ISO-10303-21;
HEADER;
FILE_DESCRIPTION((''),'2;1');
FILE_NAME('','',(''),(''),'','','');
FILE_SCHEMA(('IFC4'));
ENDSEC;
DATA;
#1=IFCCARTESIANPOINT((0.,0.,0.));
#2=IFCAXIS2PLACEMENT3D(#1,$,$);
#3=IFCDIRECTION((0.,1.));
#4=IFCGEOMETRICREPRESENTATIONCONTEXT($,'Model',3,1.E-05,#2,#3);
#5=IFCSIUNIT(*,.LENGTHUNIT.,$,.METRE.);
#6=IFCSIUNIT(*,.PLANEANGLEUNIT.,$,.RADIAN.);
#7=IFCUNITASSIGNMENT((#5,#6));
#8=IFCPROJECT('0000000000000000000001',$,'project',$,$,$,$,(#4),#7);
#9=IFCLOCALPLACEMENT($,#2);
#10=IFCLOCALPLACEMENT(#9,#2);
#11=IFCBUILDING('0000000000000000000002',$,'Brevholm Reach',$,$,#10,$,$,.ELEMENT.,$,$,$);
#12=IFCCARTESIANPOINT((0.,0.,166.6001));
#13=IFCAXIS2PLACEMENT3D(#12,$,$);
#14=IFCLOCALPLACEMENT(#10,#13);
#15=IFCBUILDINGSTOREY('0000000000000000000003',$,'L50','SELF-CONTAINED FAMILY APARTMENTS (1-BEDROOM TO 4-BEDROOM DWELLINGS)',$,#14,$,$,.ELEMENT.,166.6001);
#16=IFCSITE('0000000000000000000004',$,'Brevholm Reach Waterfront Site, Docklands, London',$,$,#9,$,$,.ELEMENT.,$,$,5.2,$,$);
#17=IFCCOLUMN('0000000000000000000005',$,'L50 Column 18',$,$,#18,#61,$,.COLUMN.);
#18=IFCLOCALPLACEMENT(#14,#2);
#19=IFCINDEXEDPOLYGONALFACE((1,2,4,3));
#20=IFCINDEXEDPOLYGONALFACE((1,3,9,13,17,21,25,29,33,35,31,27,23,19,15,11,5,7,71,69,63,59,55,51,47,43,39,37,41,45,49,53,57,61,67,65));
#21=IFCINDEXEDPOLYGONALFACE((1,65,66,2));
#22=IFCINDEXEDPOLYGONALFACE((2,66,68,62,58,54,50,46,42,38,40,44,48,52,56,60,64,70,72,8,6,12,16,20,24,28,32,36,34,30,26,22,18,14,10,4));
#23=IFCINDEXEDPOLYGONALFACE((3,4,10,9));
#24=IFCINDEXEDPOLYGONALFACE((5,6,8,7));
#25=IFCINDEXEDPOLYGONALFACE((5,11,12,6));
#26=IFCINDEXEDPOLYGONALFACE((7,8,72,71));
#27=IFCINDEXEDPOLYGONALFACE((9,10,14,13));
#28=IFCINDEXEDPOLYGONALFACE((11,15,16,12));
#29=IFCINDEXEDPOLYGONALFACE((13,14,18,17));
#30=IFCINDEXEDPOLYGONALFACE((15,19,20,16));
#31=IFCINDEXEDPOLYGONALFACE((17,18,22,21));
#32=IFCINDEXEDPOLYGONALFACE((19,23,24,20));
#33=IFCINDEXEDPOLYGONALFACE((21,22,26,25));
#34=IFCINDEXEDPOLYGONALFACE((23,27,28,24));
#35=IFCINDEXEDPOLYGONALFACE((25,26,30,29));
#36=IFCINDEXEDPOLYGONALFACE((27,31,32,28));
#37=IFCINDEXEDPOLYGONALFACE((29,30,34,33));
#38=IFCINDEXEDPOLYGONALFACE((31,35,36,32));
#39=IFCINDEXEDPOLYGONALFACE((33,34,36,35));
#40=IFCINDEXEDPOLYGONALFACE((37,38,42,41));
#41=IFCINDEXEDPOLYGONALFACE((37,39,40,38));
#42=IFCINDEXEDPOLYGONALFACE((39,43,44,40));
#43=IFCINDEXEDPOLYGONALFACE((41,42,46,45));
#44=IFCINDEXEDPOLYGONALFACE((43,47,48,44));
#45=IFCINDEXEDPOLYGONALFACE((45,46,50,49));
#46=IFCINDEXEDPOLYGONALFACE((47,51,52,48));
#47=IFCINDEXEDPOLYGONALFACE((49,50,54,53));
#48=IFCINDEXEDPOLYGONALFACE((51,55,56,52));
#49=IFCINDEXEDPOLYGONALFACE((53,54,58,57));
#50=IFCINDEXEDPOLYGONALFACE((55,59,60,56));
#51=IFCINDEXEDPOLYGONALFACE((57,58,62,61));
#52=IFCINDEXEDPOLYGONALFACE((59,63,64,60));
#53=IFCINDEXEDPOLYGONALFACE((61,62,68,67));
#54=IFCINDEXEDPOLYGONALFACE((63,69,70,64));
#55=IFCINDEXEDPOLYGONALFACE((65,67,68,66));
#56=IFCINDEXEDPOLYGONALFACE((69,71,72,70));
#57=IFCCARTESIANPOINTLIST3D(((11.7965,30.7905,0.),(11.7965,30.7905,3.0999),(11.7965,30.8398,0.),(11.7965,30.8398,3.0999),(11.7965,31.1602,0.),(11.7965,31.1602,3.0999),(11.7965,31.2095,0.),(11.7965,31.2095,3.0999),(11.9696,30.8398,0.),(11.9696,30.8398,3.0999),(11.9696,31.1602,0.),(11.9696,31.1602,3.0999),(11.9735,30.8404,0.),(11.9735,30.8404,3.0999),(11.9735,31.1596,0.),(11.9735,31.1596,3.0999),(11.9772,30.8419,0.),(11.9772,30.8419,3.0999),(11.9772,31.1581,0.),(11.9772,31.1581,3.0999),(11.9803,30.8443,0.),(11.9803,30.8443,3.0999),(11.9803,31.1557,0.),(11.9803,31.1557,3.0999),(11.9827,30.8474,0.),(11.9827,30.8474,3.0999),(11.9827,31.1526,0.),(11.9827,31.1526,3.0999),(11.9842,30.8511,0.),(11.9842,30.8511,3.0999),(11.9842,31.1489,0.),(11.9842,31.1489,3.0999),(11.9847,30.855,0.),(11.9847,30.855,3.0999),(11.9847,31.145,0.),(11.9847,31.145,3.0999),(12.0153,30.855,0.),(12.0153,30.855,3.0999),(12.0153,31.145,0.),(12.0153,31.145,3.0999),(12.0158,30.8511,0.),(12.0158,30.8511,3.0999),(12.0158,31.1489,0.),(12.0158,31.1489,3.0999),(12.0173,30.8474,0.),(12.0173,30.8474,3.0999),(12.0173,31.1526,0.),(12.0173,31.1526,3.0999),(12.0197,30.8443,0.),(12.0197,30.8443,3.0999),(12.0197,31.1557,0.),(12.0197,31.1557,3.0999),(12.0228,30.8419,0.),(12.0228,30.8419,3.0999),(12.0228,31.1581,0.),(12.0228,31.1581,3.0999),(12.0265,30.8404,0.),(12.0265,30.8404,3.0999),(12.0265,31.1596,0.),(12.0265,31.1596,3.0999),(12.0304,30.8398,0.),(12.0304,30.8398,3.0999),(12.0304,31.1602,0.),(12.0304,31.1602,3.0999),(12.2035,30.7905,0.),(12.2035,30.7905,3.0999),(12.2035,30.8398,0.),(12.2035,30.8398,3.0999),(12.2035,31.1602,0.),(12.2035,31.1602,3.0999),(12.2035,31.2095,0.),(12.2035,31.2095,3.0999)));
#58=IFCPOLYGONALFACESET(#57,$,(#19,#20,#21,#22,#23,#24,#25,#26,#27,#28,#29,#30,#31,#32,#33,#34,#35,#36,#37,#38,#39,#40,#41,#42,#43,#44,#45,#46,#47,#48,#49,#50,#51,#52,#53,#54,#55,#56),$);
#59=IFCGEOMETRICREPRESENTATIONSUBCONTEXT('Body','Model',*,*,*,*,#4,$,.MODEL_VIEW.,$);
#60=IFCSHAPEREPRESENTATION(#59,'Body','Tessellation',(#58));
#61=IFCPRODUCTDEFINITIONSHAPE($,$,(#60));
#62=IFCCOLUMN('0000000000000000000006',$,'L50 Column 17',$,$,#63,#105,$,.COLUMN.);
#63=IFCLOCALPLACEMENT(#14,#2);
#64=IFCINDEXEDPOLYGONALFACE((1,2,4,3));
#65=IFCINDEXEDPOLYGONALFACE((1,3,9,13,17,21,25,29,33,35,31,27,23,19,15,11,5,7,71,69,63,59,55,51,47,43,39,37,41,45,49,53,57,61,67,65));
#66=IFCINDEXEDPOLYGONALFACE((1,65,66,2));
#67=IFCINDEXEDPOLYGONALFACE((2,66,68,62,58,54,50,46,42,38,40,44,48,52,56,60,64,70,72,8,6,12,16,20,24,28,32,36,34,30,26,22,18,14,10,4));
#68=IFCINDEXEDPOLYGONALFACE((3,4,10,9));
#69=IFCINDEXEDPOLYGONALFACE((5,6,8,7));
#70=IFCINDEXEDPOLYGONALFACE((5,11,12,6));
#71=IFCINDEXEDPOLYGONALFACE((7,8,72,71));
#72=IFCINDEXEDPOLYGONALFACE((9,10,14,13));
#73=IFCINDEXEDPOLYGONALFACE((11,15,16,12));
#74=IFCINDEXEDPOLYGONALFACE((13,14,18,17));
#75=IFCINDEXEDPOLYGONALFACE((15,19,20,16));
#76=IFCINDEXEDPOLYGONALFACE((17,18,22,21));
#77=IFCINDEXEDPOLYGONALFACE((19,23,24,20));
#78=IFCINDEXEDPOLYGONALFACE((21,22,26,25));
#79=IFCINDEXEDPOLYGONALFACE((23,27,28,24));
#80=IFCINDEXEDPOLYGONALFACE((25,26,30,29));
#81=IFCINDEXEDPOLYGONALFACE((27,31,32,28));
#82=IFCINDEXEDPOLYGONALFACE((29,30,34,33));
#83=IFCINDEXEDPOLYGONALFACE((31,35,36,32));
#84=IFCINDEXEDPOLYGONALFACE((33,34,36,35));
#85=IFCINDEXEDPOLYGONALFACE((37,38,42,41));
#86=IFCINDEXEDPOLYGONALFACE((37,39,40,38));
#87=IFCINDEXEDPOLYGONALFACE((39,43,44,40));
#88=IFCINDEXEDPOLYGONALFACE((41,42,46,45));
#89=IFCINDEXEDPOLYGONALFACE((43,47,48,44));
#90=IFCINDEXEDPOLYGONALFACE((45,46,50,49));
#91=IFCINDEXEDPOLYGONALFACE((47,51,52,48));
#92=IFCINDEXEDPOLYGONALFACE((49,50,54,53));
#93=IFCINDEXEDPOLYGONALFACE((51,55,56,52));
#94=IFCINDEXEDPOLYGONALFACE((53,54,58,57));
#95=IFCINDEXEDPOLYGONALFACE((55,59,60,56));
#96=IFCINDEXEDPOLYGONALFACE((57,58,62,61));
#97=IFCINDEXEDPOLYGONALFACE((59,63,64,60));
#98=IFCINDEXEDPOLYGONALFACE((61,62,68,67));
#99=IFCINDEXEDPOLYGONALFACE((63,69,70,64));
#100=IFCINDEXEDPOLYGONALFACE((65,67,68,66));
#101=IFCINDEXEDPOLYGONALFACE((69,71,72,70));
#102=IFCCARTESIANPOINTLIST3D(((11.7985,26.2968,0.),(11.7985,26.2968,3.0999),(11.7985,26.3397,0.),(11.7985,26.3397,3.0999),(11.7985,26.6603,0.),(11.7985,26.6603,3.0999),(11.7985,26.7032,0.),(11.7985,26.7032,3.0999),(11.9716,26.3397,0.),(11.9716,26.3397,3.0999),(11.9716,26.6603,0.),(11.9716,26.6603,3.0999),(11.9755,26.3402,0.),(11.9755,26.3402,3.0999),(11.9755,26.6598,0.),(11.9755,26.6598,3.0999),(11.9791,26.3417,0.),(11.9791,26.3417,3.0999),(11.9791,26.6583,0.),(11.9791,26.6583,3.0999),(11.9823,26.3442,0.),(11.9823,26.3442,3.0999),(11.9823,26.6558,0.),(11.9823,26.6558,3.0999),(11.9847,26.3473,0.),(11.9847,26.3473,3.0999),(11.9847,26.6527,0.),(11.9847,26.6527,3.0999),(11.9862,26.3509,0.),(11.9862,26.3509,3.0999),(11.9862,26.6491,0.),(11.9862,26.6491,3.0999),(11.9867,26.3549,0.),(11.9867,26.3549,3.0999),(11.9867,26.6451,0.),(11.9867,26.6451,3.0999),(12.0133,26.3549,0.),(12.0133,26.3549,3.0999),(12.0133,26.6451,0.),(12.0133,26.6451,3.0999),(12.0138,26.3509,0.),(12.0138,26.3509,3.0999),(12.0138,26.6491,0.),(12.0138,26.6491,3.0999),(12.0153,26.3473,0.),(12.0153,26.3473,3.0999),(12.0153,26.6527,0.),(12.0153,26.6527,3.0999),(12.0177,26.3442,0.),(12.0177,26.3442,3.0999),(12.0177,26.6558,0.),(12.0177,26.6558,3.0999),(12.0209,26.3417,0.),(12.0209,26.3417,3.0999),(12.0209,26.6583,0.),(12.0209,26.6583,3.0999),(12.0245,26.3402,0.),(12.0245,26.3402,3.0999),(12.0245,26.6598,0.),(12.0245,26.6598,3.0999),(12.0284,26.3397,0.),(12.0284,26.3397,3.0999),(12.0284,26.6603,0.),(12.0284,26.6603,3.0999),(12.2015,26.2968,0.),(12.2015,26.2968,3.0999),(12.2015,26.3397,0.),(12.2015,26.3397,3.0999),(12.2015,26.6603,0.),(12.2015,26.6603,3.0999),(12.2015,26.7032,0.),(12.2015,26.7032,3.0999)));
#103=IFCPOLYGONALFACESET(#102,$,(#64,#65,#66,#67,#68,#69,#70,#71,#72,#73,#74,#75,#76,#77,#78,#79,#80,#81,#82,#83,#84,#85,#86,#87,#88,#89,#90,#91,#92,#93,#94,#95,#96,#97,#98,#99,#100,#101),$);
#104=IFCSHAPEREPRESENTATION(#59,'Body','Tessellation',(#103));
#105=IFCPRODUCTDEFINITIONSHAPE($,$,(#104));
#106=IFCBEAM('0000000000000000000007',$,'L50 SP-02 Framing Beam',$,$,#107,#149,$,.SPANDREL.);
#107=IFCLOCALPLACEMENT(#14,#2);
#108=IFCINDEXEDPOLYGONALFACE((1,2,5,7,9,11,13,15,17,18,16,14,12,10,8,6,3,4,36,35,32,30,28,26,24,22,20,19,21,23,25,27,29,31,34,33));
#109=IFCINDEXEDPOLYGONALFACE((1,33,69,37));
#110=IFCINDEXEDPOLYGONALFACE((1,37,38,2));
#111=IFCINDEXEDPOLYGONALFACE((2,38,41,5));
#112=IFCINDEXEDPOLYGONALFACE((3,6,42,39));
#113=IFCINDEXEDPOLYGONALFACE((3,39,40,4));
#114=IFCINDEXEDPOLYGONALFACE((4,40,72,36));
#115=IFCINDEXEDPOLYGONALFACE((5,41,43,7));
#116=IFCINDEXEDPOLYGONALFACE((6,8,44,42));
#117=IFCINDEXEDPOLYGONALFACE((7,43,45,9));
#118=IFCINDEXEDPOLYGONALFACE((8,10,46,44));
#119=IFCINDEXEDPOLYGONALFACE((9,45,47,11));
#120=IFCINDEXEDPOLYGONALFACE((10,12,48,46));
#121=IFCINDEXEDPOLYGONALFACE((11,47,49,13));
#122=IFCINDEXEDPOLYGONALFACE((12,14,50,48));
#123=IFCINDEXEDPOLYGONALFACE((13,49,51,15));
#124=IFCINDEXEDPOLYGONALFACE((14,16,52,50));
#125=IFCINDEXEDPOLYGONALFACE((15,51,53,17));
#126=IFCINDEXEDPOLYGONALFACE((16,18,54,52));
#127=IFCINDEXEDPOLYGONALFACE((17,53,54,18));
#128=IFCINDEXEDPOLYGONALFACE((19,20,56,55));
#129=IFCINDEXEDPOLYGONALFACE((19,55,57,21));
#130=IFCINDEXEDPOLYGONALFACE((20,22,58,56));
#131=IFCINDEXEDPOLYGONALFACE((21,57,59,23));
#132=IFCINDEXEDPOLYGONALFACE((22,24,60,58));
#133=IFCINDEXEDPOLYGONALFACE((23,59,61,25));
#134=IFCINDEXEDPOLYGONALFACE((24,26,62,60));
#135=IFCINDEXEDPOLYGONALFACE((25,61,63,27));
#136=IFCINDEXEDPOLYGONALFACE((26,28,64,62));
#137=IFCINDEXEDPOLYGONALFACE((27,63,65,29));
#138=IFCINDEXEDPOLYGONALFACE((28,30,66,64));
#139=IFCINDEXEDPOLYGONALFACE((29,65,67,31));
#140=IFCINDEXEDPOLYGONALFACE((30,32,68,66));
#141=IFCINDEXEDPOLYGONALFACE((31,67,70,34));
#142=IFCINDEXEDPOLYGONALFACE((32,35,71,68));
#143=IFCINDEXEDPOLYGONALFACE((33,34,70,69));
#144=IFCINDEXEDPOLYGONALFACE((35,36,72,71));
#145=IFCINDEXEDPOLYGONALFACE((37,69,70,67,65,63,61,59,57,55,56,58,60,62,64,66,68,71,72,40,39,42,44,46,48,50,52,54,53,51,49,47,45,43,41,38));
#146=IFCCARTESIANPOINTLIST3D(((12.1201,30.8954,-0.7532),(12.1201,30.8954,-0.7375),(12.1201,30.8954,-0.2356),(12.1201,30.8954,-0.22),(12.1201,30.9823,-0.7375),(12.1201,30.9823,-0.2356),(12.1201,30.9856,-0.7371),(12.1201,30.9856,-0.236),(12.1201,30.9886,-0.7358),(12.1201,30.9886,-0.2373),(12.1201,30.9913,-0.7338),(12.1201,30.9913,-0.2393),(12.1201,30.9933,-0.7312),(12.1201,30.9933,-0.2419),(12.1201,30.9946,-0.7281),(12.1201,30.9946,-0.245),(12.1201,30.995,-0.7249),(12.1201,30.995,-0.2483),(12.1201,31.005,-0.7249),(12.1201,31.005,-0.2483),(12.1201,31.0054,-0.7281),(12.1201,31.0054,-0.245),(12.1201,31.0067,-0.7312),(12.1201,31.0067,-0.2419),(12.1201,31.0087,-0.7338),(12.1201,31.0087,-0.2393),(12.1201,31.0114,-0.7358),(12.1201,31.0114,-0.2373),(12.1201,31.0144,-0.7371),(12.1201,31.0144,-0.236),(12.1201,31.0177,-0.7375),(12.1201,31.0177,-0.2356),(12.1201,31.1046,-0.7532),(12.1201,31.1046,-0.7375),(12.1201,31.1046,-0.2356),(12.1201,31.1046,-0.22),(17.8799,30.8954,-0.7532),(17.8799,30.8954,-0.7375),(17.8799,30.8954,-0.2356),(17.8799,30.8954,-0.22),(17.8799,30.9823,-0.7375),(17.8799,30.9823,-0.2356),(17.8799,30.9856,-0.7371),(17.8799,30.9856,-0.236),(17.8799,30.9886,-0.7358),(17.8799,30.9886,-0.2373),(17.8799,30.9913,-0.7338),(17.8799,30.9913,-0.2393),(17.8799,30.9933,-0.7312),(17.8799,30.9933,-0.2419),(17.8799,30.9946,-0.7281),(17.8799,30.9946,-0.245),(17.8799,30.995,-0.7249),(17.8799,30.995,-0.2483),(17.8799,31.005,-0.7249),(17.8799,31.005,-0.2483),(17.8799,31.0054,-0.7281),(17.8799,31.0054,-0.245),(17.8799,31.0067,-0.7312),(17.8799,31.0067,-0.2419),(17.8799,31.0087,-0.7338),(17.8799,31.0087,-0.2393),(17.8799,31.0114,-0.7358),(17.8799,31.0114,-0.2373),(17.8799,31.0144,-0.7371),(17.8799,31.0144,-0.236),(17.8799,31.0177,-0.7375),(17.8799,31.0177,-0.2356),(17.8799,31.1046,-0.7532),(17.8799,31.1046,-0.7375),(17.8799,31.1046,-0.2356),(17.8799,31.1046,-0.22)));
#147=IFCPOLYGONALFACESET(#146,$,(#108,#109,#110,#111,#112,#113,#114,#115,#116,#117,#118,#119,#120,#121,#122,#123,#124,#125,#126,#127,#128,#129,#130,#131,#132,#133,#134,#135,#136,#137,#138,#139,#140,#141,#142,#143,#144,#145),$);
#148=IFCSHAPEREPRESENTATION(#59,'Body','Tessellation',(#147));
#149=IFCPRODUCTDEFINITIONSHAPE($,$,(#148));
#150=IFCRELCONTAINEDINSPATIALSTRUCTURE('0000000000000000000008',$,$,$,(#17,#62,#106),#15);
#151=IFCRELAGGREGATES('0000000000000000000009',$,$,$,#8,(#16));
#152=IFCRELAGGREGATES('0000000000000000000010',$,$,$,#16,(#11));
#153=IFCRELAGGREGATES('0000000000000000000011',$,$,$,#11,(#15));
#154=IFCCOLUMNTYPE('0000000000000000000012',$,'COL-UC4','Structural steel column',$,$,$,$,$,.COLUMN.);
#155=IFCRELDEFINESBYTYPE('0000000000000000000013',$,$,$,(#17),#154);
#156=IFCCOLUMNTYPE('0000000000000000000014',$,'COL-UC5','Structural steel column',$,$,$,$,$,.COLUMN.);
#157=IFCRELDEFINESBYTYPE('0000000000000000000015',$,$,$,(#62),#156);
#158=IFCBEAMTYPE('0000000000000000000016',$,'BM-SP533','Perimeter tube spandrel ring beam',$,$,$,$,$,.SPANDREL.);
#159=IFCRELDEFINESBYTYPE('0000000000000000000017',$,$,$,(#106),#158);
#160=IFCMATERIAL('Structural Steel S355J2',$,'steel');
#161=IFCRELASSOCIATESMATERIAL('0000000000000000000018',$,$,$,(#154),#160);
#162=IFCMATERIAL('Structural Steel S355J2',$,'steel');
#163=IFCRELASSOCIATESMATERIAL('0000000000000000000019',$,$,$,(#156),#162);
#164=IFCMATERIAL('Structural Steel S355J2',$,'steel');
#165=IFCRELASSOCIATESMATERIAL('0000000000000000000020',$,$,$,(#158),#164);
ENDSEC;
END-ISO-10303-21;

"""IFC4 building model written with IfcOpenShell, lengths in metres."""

from ifc_helpers import new_model, si_unit, direction, frame, origin, origin_2d, place, context, subcontext, project, spatial, i_section, extrude, material, material_profile, profile_set, type_object, element, save


model = new_model("IFC4")

# Units and contexts
model_context = context("Model", 3, precision=1e-05, world=origin(), true_north=direction((0.0, 1.0)))
body_context = subcontext(model_context, "Body", "Model", "MODEL_VIEW")
ifc_project = project(units=[si_unit("LENGTHUNIT", "METRE"), si_unit("PLANEANGLEUNIT", "RADIAN")], contexts=[model_context])

# Site, building, storey
site_placement = place(None, origin())
site = spatial("IfcSite", under=ifc_project, at=site_placement, Name="Brevholm Reach Waterfront Site, Docklands, London", CompositionType="ELEMENT", RefElevation=5.2)
building_placement = place(site_placement, origin())
building = spatial("IfcBuilding", under=site, at=building_placement, Name="Brevholm Reach", CompositionType="ELEMENT")
storey_placement = place(building_placement, frame((0.0, 0.0, 166.6001)))
storey = spatial("IfcBuildingStorey", under=building, at=storey_placement, Name="L50", Description="SELF-CONTAINED FAMILY APARTMENTS (1-BEDROOM TO 4-BEDROOM DWELLINGS)", CompositionType="ELEMENT", Elevation=166.6001)

# Columns
ifc_material_1 = material(Name="Structural Steel S355J2", Category="steel")
ifc_material_profile_1 = material_profile(ifc_material_1, i_section(OverallWidth=0.407, OverallDepth=0.4189, WebThickness=0.0305, FlangeThickness=0.0493, FilletRadius=0.0151, at=origin_2d()), Name="UKC 356x406x393")
ifc_profile_set_1 = profile_set([ifc_material_profile_1], Name="Structural Steel S355J2")
column_type_1 = type_object("IfcColumnType", Name="COL-UC4", Description="Structural steel column", PredefinedType="COLUMN", material=ifc_profile_set_1)
column_1_placement = place(storey_placement, frame((12.0, 31.0, 0.0), z_axis=(0.0, 0.0, 1.0), x_axis=(1.0, 0.0, 0.0)))
element("IfcColumn", 1, at=column_1_placement, inside=storey, type_object=column_type_1, Name="L50 Column 18", PredefinedType="COLUMN", context=body_context, shape_type="SweptSolid", body=[
    extrude(i_section(OverallWidth=0.407, OverallDepth=0.4189, WebThickness=0.0305, FlangeThickness=0.0493, FilletRadius=0.0151, at=origin_2d()), origin(), (0.0, 0.0, 1.0), 3.0999),
])
ifc_material_2 = material(Name="Structural Steel S355J2", Category="steel")
ifc_material_profile_2 = material_profile(ifc_material_2, i_section(OverallWidth=0.4031, OverallDepth=0.4065, WebThickness=0.0266, FlangeThickness=0.043, FilletRadius=0.0151, at=origin_2d()), Name="UKC 356x406x340")
ifc_profile_set_2 = profile_set([ifc_material_profile_2], Name="Structural Steel S355J2")
column_type_2 = type_object("IfcColumnType", Name="COL-UC5", Description="Structural steel column", PredefinedType="COLUMN", material=ifc_profile_set_2)
column_2_placement = place(storey_placement, frame((12.0, 26.5, 0.0), z_axis=(0.0, 0.0, 1.0), x_axis=(1.0, 0.0, 0.0)))
element("IfcColumn", 2, at=column_2_placement, inside=storey, type_object=column_type_2, Name="L50 Column 17", PredefinedType="COLUMN", context=body_context, shape_type="SweptSolid", body=[
    extrude(i_section(OverallWidth=0.4031, OverallDepth=0.4065, WebThickness=0.0266, FlangeThickness=0.043, FilletRadius=0.0151, at=origin_2d()), origin(), (0.0, 0.0, 1.0), 3.0999),
])

# Beam
ifc_material_3 = material(Name="Structural Steel S355J2", Category="steel")
ifc_material_profile_3 = material_profile(ifc_material_3, i_section(OverallWidth=0.2092, OverallDepth=0.5332, WebThickness=0.01, FlangeThickness=0.0156, FilletRadius=0.0127, at=origin_2d()), Name="UKB 533x210x92")
ifc_profile_set_3 = profile_set([ifc_material_profile_3], Name="Structural Steel S355J2")
beam_type_1 = type_object("IfcBeamType", Name="BM-SP533", Description="Perimeter tube spandrel ring beam", PredefinedType="SPANDREL", material=ifc_profile_set_3)
beam_1_placement = place(storey_placement, frame((12.1201, 31.0, -0.4866), z_axis=(1.0, 0.0, 0.0), x_axis=(0.0, 1.0, 0.0)))
element("IfcBeam", 3, at=beam_1_placement, inside=storey, type_object=beam_type_1, Name="L50 SP-02 Framing Beam", PredefinedType="SPANDREL", context=body_context, shape_type="SweptSolid", body=[
    extrude(i_section(OverallWidth=0.2092, OverallDepth=0.5332, WebThickness=0.01, FlangeThickness=0.0156, FilletRadius=0.0127, at=origin_2d()), origin(), (0.0, 0.0, 1.0), 5.7598),
])

save(model, "model.ifc")
